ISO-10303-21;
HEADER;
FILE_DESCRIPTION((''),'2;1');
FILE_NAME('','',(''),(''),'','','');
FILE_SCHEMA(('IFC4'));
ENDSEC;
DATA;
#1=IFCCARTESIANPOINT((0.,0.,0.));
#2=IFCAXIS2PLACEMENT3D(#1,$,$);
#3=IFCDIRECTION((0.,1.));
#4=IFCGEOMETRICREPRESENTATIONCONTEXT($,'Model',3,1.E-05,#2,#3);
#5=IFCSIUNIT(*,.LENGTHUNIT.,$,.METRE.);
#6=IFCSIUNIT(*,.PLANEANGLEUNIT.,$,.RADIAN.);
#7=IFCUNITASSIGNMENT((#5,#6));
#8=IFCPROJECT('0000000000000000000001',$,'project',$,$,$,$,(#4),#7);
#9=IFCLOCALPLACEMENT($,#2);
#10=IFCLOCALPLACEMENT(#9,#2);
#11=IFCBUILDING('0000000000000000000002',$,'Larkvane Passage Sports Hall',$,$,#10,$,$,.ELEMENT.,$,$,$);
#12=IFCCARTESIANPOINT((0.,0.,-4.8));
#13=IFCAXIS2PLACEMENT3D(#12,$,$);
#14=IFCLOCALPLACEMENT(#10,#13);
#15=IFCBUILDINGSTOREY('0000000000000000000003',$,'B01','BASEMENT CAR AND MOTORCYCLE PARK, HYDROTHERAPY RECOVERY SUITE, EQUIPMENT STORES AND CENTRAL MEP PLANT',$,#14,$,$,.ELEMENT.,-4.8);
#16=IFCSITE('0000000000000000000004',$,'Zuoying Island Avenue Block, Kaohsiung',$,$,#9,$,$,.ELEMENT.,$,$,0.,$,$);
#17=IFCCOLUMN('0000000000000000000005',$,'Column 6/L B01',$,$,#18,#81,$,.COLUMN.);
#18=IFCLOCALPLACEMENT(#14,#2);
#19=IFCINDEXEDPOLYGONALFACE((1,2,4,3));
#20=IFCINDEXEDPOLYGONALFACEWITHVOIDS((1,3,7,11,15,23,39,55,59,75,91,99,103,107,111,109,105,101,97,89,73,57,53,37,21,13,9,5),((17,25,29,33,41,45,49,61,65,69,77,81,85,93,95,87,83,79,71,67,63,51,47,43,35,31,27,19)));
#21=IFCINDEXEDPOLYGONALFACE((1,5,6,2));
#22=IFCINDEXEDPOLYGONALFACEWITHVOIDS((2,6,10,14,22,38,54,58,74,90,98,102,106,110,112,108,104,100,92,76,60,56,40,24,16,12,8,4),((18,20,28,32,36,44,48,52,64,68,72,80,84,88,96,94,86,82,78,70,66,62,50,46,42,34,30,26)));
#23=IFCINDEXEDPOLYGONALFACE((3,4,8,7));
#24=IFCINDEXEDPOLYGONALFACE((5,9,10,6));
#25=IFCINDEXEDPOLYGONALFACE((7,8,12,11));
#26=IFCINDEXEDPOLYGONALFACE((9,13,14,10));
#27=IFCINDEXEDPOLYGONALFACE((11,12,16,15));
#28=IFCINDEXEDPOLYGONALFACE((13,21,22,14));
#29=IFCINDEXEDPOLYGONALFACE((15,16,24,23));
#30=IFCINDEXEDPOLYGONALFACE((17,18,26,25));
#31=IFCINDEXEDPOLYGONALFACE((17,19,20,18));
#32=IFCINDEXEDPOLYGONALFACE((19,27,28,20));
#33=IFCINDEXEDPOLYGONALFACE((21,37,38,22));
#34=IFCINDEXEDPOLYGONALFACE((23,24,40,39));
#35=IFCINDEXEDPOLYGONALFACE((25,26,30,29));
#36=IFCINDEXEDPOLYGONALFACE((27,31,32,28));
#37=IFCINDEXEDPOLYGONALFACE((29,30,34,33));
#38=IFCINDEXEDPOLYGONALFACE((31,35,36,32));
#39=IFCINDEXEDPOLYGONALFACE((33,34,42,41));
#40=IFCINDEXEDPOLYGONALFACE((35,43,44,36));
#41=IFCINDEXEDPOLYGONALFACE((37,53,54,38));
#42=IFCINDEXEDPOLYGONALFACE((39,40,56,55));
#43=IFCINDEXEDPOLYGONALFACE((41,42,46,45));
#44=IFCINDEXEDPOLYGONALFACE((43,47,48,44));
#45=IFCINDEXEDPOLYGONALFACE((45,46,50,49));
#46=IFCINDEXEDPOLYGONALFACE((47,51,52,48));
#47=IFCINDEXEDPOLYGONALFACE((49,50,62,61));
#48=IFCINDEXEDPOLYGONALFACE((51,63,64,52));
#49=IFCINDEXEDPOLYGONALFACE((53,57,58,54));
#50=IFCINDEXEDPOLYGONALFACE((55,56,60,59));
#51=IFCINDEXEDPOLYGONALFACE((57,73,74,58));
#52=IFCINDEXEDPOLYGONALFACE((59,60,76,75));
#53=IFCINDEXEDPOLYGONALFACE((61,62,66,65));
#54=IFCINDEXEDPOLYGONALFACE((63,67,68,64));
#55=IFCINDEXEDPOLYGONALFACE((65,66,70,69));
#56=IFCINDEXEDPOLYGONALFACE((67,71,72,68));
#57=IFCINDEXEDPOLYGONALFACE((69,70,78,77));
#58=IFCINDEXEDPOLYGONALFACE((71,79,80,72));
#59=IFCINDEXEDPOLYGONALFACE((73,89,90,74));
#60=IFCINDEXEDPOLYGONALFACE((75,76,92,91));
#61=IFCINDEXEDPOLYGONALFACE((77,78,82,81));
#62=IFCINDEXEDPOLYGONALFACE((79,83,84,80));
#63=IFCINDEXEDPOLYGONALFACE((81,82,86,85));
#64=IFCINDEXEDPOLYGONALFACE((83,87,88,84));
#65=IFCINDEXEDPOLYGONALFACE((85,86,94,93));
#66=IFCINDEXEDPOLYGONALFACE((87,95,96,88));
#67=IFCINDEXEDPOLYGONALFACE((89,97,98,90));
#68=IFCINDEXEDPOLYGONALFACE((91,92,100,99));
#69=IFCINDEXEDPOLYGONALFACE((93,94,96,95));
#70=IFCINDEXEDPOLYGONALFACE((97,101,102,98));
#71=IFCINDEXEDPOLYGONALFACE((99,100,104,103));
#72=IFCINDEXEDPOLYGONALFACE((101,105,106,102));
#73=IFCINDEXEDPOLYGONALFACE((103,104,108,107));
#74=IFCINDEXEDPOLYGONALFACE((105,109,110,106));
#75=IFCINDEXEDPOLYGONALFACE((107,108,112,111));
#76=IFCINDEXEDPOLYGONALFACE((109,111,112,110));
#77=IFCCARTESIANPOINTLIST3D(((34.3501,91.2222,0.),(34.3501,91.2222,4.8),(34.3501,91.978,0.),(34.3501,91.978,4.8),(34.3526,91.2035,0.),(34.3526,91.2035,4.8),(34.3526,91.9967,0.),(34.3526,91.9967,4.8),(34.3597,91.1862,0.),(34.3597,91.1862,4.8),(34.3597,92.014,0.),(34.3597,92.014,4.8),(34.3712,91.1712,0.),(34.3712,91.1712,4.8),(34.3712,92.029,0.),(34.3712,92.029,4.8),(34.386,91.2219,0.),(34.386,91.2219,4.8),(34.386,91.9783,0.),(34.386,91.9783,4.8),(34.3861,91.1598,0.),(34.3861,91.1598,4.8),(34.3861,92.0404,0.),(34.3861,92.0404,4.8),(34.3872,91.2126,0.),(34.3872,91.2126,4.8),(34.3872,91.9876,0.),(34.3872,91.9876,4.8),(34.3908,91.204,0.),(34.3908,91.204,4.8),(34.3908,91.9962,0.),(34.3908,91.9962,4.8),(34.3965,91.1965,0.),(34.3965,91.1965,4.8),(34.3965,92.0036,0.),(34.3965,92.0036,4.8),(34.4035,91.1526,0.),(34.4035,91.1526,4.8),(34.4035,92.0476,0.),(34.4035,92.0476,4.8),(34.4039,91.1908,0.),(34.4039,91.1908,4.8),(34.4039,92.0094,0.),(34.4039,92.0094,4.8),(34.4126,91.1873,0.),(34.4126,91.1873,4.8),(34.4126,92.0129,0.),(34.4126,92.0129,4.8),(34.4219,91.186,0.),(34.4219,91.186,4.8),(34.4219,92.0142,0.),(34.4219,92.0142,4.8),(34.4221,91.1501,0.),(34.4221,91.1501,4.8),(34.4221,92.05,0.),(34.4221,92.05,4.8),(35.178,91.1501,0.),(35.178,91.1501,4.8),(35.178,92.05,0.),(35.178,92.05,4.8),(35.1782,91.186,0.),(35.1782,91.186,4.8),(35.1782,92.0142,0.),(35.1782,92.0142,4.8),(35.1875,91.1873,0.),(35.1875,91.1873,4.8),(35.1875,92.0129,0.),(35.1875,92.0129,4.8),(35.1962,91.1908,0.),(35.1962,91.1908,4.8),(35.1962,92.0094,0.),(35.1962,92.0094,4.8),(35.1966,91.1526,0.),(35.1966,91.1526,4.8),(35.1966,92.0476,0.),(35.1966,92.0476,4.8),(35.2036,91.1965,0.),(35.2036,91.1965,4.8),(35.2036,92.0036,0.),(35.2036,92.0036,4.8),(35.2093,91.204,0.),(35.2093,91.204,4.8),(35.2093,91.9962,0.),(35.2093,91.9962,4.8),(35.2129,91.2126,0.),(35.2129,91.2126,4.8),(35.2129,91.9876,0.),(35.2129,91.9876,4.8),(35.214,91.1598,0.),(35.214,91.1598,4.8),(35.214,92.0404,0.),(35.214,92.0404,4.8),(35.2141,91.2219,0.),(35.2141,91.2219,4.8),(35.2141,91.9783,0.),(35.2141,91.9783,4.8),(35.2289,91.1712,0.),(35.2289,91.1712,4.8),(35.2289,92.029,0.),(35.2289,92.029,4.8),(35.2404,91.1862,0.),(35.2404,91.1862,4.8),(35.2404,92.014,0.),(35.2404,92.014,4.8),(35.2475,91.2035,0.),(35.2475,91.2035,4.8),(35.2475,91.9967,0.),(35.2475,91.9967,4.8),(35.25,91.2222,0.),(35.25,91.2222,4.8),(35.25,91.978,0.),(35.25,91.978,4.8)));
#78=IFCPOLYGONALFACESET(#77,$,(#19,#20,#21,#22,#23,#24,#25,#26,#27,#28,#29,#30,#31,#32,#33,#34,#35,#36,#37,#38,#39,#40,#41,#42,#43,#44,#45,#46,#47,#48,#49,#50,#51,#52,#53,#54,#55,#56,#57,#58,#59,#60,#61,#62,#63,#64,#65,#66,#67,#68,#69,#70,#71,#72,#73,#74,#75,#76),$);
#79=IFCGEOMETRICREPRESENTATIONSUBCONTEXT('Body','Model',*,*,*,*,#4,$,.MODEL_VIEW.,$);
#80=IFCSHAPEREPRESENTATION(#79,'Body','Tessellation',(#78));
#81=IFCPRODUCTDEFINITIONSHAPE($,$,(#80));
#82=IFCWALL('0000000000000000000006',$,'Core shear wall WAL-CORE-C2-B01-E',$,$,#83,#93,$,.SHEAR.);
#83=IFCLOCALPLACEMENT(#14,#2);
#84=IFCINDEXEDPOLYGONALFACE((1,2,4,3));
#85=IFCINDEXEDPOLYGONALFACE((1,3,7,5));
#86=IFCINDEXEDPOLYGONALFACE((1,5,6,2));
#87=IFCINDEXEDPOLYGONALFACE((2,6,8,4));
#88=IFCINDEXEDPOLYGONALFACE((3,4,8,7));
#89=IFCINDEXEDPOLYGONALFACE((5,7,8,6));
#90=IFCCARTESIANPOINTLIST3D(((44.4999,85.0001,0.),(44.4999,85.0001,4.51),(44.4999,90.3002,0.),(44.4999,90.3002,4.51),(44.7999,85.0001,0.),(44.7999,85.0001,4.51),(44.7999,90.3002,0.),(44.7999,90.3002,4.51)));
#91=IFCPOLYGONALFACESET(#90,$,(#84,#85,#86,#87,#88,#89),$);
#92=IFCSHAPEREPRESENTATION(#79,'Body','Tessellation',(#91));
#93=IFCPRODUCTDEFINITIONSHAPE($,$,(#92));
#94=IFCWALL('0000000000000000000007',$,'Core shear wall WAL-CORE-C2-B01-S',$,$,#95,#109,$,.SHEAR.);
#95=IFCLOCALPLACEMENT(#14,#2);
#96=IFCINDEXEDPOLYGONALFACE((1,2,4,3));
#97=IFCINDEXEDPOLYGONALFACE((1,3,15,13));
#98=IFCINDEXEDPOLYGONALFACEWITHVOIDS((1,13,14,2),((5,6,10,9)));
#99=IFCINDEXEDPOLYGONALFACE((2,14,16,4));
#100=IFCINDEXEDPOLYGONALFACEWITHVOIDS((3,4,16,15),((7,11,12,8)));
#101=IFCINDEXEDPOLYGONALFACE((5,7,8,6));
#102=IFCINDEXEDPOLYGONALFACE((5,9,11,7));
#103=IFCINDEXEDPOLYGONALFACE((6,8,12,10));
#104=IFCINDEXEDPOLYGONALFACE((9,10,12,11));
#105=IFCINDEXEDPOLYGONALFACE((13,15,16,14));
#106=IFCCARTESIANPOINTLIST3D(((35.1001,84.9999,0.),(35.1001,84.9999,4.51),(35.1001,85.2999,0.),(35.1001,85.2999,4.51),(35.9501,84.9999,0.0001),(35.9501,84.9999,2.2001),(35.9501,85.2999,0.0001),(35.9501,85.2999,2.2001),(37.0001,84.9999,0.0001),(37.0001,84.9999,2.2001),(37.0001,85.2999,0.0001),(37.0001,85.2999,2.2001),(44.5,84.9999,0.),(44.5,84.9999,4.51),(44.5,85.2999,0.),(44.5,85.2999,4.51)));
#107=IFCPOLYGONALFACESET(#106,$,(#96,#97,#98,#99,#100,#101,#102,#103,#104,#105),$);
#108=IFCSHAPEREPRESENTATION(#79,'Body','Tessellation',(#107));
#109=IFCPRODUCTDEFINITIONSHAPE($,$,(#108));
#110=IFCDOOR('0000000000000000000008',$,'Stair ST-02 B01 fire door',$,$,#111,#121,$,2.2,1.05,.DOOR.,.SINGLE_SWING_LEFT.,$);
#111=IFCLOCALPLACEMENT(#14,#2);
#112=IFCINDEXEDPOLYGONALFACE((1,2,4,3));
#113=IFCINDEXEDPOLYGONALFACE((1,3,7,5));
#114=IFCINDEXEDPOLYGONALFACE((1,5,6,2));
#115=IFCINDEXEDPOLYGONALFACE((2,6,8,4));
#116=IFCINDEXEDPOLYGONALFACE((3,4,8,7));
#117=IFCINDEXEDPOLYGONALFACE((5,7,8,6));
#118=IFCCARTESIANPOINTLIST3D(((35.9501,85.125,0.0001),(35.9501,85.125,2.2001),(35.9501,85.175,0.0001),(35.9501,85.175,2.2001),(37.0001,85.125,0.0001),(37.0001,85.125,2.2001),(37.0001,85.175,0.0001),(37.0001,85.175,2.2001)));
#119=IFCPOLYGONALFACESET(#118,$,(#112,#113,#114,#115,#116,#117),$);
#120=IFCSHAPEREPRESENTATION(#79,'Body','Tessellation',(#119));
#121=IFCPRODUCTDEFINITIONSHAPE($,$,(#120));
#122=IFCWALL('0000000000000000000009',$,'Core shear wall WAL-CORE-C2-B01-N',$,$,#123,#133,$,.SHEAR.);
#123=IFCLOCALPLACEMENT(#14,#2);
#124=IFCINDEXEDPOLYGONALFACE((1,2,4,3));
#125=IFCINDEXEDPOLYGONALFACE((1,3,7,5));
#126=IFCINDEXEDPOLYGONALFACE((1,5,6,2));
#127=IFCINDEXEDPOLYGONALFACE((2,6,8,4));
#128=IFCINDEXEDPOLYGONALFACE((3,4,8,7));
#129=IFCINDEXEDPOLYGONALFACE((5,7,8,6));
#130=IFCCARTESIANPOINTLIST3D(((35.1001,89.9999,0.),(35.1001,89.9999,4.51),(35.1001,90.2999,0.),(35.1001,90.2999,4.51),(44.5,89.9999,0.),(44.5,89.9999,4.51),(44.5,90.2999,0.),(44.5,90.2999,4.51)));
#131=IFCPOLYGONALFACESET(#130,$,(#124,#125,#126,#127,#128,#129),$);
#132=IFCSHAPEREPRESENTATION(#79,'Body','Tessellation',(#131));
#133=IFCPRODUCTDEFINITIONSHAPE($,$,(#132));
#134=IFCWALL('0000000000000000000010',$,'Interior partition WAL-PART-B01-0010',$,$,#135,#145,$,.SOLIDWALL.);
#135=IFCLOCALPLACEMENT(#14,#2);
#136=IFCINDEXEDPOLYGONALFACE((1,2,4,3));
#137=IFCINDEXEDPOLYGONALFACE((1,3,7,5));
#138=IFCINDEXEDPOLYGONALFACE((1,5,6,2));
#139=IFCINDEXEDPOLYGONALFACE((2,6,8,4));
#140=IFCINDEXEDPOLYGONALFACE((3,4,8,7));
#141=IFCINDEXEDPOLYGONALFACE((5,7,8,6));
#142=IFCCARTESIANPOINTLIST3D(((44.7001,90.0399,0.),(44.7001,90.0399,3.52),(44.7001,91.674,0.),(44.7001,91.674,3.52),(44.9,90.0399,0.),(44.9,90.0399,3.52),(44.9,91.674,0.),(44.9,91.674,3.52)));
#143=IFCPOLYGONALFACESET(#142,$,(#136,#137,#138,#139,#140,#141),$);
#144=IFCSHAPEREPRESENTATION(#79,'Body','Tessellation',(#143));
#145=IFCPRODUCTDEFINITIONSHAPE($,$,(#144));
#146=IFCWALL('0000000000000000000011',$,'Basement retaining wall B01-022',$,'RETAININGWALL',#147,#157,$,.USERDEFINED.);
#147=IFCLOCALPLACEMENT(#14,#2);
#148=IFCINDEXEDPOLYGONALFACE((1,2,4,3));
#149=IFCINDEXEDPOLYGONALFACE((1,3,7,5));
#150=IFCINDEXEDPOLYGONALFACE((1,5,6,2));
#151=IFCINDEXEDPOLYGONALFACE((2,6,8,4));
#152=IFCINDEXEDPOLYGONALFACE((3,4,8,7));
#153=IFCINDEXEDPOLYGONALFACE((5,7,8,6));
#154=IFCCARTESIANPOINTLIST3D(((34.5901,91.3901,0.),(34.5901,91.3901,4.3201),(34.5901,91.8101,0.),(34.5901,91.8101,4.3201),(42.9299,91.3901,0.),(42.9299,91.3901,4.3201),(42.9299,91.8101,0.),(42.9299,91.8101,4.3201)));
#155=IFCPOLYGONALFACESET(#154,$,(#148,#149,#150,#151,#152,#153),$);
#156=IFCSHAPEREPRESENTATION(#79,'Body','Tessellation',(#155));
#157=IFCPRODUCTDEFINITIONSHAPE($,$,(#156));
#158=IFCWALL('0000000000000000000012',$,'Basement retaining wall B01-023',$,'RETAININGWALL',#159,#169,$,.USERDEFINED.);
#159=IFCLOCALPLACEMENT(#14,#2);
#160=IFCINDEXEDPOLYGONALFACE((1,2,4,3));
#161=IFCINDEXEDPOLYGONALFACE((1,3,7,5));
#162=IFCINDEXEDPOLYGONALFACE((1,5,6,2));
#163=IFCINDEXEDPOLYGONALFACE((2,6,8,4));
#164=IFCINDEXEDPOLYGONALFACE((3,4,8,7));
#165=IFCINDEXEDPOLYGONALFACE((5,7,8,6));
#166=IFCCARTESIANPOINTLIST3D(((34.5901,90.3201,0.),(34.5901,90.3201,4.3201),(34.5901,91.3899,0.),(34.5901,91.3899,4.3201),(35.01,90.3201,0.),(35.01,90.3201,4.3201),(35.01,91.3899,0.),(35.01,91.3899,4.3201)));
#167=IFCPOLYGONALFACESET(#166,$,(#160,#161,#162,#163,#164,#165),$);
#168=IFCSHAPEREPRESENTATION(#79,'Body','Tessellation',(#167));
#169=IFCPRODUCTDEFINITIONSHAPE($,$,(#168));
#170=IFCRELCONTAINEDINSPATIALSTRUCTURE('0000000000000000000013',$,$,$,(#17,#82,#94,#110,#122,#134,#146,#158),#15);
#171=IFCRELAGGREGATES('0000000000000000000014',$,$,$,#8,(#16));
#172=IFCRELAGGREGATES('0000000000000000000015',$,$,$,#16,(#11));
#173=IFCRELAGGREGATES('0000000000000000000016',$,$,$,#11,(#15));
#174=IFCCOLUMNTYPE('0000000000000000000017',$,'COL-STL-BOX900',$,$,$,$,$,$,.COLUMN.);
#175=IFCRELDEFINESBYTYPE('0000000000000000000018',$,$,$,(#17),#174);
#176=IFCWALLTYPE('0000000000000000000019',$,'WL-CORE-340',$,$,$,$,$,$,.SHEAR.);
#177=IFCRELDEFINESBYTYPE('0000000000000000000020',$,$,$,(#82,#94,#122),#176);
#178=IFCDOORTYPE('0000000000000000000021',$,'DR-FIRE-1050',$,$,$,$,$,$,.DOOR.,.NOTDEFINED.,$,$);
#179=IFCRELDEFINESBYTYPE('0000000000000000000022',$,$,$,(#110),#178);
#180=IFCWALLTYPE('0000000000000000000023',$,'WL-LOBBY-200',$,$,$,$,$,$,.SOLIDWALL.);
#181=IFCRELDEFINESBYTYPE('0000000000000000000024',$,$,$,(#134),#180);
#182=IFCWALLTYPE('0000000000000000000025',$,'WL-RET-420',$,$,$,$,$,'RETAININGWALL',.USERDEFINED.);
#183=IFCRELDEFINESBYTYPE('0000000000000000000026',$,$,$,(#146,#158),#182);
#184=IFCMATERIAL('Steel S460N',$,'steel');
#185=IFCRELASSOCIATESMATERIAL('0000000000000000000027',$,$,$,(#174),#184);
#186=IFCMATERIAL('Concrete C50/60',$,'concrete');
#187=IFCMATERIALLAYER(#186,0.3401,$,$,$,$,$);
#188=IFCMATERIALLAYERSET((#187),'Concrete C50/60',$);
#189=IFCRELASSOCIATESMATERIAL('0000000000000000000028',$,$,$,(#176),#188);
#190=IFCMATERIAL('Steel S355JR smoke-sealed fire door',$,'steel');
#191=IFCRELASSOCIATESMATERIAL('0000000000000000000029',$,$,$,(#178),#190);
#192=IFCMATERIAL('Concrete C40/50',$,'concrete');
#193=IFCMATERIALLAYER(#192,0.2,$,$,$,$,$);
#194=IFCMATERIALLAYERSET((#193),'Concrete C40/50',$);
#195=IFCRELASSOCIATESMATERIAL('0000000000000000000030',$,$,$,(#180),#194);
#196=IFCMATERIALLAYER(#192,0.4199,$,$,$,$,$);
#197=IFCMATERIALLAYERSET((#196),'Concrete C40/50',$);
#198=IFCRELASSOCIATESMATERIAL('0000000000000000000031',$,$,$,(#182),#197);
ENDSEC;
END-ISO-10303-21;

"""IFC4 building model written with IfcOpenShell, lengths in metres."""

from ifc_helpers import new_model, si_unit, direction, frame, frame_2d, origin, origin_2d, place, context, subcontext, project, spatial, rectangle, hollow_rectangle, extrude, material, layer, layer_set, material_profile, profile_set, type_object, element, fill, save


model = new_model("IFC4")

# Units and contexts
model_context = context("Model", 3, precision=1e-05, world=origin(), true_north=direction((0.0, 1.0)))
body_context = subcontext(model_context, "Body", "Model", "MODEL_VIEW")
ifc_project = project(units=[si_unit("LENGTHUNIT", "METRE"), si_unit("PLANEANGLEUNIT", "RADIAN")], contexts=[model_context])

# Site, building, storey
site_placement = place(None, origin())
site = spatial("IfcSite", under=ifc_project, at=site_placement, Name="Zuoying Island Avenue Block, Kaohsiung", CompositionType="ELEMENT", RefElevation=0.0)
building_placement = place(site_placement, origin())
building = spatial("IfcBuilding", under=site, at=building_placement, Name="Larkvane Passage Sports Hall", CompositionType="ELEMENT")
storey_placement = place(building_placement, frame((0.0, 0.0, -4.8)))
storey = spatial("IfcBuildingStorey", under=building, at=storey_placement, Name="B01", Description="BASEMENT CAR AND MOTORCYCLE PARK, HYDROTHERAPY RECOVERY SUITE, EQUIPMENT STORES AND CENTRAL MEP PLANT", CompositionType="ELEMENT", Elevation=-4.8)

# Shared definitions
ifc_material_1 = material(Name="Concrete C40/50", Category="concrete")

# Column
ifc_material_2 = material(Name="Steel S460N", Category="steel")
ifc_material_profile_1 = material_profile(ifc_material_2, hollow_rectangle(XDim=0.8999, YDim=0.8999, WallThickness=0.0359, InnerFilletRadius=0.0359, OuterFilletRadius=0.072, at=origin_2d()), Name="BOX-900x900x36")
ifc_profile_set_1 = profile_set([ifc_material_profile_1], Name="Steel S460N")
column_type_1 = type_object("IfcColumnType", Name="COL-STL-BOX900", PredefinedType="COLUMN", material=ifc_profile_set_1)
column_1_placement = place(storey_placement, frame((34.8, 91.6001, 0.0), z_axis=(0.0, 0.0, 1.0), x_axis=(1.0, 0.0, 0.0)))
element("IfcColumn", 1, at=column_1_placement, inside=storey, type_object=column_type_1, Name="Column 6/L B01", PredefinedType="COLUMN", context=body_context, shape_type="SweptSolid", body=[
    extrude(hollow_rectangle(XDim=0.8999, YDim=0.8999, WallThickness=0.0359, InnerFilletRadius=0.0359, OuterFilletRadius=0.072, at=origin_2d()), origin(), (0.0, 0.0, 1.0), 4.8),
])

# Wall
ifc_material_3 = material(Name="Concrete C50/60", Category="concrete")
ifc_layer_1 = layer(ifc_material_3, 0.3401)
ifc_layer_set_1 = layer_set([ifc_layer_1], Name="Concrete C50/60")
wall_type_1 = type_object("IfcWallType", Name="WL-CORE-340", PredefinedType="SHEAR", material=ifc_layer_set_1)
wall_1_placement = place(storey_placement, frame((44.6499, 90.3, 0.0), z_axis=(0.0, 0.0, 1.0), x_axis=(0.0, -1.0, 0.0)))
element("IfcWall", 2, at=wall_1_placement, inside=storey, type_object=wall_type_1, Name="Core shear wall WAL-CORE-C2-B01-E", PredefinedType="SHEAR", context=body_context, shape_type="SweptSolid", body=[
    extrude(rectangle(XDim=5.3, YDim=0.3, at=frame_2d((2.6499, 0.0))), origin(), (0.0, 0.0, 1.0), 4.51),
])

# Wall, opening, door
wall_2_placement = place(storey_placement, frame((44.5, 85.1499, 0.0), z_axis=(0.0, 0.0, 1.0), x_axis=(-1.0, 0.0, 0.0)))
wall_2 = element("IfcWall", 3, at=wall_2_placement, inside=storey, type_object=wall_type_1, Name="Core shear wall WAL-CORE-C2-B01-S", PredefinedType="SHEAR", context=body_context, shape_type="SweptSolid", body=[
    extrude(rectangle(XDim=9.3999, YDim=0.3, at=frame_2d((4.7, 0.0))), origin(), (0.0, 0.0, 1.0), 4.51),
])
opening_placement = place(wall_2_placement, frame((7.5, 0.0, 0.0)))
opening = element("IfcOpeningElement", 4, at=opening_placement, cuts=wall_2, PredefinedType="OPENING", context=body_context, shape_type="SweptSolid", body=[
    extrude(rectangle(XDim=1.05, YDim=2.2, at=frame_2d((0.5249, 1.1001))), frame((0.0, 0.1599, 0.0), z_axis=(0.0, -1.0, 0.0), x_axis=(1.0, 0.0, 0.0)), (0.0, 0.0, 1.0), 0.3201),
])
ifc_material_4 = material(Name="Steel S355JR smoke-sealed fire door", Category="steel")
door_type = type_object("IfcDoorType", Name="DR-FIRE-1050", OperationType="NOTDEFINED", PredefinedType="DOOR", material=ifc_material_4)
door_placement = place(opening_placement, origin())
door = element("IfcDoor", 5, at=door_placement, inside=storey, type_object=door_type, Name="Stair ST-02 B01 fire door", OperationType="SINGLE_SWING_LEFT", OverallHeight=2.2, OverallWidth=1.05, PredefinedType="DOOR", context=body_context, shape_type="SweptSolid", body=[
    extrude(rectangle(XDim=1.05, YDim=2.2, at=frame_2d((0.5249, 1.1001))), frame((0.0, 0.0249, 0.0), z_axis=(0.0, -1.0, 0.0), x_axis=(1.0, 0.0, 0.0)), (0.0, 0.0, 1.0), 0.05),
])
fill(opening, door)

# Walls
wall_3_placement = place(storey_placement, frame((35.1001, 90.1499, 0.0), z_axis=(0.0, 0.0, 1.0), x_axis=(1.0, 0.0, 0.0)))
element("IfcWall", 6, at=wall_3_placement, inside=storey, type_object=wall_type_1, Name="Core shear wall WAL-CORE-C2-B01-N", PredefinedType="SHEAR", context=body_context, shape_type="SweptSolid", body=[
    extrude(rectangle(XDim=9.3999, YDim=0.3, at=frame_2d((4.7, 0.0))), origin(), (0.0, 0.0, 1.0), 4.51),
])
ifc_layer_2 = layer(ifc_material_1, 0.2)
ifc_layer_set_2 = layer_set([ifc_layer_2], Name="Concrete C40/50")
wall_type_2 = type_object("IfcWallType", Name="WL-LOBBY-200", PredefinedType="SOLIDWALL", material=ifc_layer_set_2)
wall_4_placement = place(storey_placement, frame((44.8, 90.04, 0.0), z_axis=(0.0, 0.0, 1.0), x_axis=(0.0, 1.0, 0.0)))
element("IfcWall", 7, at=wall_4_placement, inside=storey, type_object=wall_type_2, Name="Interior partition WAL-PART-B01-0010", PredefinedType="SOLIDWALL", context=body_context, shape_type="SweptSolid", body=[
    extrude(rectangle(XDim=1.634, YDim=0.2, at=frame_2d((0.8169, 0.0))), origin(), (0.0, 0.0, 1.0), 3.52),
])
ifc_layer_3 = layer(ifc_material_1, 0.4199)
ifc_layer_set_3 = layer_set([ifc_layer_3], Name="Concrete C40/50")
wall_type_3 = type_object("IfcWallType", Name="WL-RET-420", ElementType="RETAININGWALL", PredefinedType="USERDEFINED", material=ifc_layer_set_3)
wall_5_placement = place(storey_placement, frame((42.9299, 91.6001, 0.0), z_axis=(0.0, 0.0, 1.0), x_axis=(-1.0, 0.0, 0.0)))
element("IfcWall", 8, at=wall_5_placement, inside=storey, type_object=wall_type_3, Name="Basement retaining wall B01-022", ObjectType="RETAININGWALL", PredefinedType="USERDEFINED", context=body_context, shape_type="SweptSolid", body=[
    extrude(rectangle(XDim=8.3398, YDim=0.4199, at=frame_2d((4.1699, 0.0))), origin(), (0.0, 0.0, 1.0), 4.3201),
])
wall_6_placement = place(storey_placement, frame((34.8, 91.3899, 0.0), z_axis=(0.0, 0.0, 1.0), x_axis=(0.0, -1.0, 0.0)))
element("IfcWall", 9, at=wall_6_placement, inside=storey, type_object=wall_type_3, Name="Basement retaining wall B01-023", ObjectType="RETAININGWALL", PredefinedType="USERDEFINED", context=body_context, shape_type="SweptSolid", body=[
    extrude(rectangle(XDim=1.0698, YDim=0.4199, at=frame_2d((0.5349, 0.0))), origin(), (0.0, 0.0, 1.0), 4.3201),
])

save(model, "model.ifc")
